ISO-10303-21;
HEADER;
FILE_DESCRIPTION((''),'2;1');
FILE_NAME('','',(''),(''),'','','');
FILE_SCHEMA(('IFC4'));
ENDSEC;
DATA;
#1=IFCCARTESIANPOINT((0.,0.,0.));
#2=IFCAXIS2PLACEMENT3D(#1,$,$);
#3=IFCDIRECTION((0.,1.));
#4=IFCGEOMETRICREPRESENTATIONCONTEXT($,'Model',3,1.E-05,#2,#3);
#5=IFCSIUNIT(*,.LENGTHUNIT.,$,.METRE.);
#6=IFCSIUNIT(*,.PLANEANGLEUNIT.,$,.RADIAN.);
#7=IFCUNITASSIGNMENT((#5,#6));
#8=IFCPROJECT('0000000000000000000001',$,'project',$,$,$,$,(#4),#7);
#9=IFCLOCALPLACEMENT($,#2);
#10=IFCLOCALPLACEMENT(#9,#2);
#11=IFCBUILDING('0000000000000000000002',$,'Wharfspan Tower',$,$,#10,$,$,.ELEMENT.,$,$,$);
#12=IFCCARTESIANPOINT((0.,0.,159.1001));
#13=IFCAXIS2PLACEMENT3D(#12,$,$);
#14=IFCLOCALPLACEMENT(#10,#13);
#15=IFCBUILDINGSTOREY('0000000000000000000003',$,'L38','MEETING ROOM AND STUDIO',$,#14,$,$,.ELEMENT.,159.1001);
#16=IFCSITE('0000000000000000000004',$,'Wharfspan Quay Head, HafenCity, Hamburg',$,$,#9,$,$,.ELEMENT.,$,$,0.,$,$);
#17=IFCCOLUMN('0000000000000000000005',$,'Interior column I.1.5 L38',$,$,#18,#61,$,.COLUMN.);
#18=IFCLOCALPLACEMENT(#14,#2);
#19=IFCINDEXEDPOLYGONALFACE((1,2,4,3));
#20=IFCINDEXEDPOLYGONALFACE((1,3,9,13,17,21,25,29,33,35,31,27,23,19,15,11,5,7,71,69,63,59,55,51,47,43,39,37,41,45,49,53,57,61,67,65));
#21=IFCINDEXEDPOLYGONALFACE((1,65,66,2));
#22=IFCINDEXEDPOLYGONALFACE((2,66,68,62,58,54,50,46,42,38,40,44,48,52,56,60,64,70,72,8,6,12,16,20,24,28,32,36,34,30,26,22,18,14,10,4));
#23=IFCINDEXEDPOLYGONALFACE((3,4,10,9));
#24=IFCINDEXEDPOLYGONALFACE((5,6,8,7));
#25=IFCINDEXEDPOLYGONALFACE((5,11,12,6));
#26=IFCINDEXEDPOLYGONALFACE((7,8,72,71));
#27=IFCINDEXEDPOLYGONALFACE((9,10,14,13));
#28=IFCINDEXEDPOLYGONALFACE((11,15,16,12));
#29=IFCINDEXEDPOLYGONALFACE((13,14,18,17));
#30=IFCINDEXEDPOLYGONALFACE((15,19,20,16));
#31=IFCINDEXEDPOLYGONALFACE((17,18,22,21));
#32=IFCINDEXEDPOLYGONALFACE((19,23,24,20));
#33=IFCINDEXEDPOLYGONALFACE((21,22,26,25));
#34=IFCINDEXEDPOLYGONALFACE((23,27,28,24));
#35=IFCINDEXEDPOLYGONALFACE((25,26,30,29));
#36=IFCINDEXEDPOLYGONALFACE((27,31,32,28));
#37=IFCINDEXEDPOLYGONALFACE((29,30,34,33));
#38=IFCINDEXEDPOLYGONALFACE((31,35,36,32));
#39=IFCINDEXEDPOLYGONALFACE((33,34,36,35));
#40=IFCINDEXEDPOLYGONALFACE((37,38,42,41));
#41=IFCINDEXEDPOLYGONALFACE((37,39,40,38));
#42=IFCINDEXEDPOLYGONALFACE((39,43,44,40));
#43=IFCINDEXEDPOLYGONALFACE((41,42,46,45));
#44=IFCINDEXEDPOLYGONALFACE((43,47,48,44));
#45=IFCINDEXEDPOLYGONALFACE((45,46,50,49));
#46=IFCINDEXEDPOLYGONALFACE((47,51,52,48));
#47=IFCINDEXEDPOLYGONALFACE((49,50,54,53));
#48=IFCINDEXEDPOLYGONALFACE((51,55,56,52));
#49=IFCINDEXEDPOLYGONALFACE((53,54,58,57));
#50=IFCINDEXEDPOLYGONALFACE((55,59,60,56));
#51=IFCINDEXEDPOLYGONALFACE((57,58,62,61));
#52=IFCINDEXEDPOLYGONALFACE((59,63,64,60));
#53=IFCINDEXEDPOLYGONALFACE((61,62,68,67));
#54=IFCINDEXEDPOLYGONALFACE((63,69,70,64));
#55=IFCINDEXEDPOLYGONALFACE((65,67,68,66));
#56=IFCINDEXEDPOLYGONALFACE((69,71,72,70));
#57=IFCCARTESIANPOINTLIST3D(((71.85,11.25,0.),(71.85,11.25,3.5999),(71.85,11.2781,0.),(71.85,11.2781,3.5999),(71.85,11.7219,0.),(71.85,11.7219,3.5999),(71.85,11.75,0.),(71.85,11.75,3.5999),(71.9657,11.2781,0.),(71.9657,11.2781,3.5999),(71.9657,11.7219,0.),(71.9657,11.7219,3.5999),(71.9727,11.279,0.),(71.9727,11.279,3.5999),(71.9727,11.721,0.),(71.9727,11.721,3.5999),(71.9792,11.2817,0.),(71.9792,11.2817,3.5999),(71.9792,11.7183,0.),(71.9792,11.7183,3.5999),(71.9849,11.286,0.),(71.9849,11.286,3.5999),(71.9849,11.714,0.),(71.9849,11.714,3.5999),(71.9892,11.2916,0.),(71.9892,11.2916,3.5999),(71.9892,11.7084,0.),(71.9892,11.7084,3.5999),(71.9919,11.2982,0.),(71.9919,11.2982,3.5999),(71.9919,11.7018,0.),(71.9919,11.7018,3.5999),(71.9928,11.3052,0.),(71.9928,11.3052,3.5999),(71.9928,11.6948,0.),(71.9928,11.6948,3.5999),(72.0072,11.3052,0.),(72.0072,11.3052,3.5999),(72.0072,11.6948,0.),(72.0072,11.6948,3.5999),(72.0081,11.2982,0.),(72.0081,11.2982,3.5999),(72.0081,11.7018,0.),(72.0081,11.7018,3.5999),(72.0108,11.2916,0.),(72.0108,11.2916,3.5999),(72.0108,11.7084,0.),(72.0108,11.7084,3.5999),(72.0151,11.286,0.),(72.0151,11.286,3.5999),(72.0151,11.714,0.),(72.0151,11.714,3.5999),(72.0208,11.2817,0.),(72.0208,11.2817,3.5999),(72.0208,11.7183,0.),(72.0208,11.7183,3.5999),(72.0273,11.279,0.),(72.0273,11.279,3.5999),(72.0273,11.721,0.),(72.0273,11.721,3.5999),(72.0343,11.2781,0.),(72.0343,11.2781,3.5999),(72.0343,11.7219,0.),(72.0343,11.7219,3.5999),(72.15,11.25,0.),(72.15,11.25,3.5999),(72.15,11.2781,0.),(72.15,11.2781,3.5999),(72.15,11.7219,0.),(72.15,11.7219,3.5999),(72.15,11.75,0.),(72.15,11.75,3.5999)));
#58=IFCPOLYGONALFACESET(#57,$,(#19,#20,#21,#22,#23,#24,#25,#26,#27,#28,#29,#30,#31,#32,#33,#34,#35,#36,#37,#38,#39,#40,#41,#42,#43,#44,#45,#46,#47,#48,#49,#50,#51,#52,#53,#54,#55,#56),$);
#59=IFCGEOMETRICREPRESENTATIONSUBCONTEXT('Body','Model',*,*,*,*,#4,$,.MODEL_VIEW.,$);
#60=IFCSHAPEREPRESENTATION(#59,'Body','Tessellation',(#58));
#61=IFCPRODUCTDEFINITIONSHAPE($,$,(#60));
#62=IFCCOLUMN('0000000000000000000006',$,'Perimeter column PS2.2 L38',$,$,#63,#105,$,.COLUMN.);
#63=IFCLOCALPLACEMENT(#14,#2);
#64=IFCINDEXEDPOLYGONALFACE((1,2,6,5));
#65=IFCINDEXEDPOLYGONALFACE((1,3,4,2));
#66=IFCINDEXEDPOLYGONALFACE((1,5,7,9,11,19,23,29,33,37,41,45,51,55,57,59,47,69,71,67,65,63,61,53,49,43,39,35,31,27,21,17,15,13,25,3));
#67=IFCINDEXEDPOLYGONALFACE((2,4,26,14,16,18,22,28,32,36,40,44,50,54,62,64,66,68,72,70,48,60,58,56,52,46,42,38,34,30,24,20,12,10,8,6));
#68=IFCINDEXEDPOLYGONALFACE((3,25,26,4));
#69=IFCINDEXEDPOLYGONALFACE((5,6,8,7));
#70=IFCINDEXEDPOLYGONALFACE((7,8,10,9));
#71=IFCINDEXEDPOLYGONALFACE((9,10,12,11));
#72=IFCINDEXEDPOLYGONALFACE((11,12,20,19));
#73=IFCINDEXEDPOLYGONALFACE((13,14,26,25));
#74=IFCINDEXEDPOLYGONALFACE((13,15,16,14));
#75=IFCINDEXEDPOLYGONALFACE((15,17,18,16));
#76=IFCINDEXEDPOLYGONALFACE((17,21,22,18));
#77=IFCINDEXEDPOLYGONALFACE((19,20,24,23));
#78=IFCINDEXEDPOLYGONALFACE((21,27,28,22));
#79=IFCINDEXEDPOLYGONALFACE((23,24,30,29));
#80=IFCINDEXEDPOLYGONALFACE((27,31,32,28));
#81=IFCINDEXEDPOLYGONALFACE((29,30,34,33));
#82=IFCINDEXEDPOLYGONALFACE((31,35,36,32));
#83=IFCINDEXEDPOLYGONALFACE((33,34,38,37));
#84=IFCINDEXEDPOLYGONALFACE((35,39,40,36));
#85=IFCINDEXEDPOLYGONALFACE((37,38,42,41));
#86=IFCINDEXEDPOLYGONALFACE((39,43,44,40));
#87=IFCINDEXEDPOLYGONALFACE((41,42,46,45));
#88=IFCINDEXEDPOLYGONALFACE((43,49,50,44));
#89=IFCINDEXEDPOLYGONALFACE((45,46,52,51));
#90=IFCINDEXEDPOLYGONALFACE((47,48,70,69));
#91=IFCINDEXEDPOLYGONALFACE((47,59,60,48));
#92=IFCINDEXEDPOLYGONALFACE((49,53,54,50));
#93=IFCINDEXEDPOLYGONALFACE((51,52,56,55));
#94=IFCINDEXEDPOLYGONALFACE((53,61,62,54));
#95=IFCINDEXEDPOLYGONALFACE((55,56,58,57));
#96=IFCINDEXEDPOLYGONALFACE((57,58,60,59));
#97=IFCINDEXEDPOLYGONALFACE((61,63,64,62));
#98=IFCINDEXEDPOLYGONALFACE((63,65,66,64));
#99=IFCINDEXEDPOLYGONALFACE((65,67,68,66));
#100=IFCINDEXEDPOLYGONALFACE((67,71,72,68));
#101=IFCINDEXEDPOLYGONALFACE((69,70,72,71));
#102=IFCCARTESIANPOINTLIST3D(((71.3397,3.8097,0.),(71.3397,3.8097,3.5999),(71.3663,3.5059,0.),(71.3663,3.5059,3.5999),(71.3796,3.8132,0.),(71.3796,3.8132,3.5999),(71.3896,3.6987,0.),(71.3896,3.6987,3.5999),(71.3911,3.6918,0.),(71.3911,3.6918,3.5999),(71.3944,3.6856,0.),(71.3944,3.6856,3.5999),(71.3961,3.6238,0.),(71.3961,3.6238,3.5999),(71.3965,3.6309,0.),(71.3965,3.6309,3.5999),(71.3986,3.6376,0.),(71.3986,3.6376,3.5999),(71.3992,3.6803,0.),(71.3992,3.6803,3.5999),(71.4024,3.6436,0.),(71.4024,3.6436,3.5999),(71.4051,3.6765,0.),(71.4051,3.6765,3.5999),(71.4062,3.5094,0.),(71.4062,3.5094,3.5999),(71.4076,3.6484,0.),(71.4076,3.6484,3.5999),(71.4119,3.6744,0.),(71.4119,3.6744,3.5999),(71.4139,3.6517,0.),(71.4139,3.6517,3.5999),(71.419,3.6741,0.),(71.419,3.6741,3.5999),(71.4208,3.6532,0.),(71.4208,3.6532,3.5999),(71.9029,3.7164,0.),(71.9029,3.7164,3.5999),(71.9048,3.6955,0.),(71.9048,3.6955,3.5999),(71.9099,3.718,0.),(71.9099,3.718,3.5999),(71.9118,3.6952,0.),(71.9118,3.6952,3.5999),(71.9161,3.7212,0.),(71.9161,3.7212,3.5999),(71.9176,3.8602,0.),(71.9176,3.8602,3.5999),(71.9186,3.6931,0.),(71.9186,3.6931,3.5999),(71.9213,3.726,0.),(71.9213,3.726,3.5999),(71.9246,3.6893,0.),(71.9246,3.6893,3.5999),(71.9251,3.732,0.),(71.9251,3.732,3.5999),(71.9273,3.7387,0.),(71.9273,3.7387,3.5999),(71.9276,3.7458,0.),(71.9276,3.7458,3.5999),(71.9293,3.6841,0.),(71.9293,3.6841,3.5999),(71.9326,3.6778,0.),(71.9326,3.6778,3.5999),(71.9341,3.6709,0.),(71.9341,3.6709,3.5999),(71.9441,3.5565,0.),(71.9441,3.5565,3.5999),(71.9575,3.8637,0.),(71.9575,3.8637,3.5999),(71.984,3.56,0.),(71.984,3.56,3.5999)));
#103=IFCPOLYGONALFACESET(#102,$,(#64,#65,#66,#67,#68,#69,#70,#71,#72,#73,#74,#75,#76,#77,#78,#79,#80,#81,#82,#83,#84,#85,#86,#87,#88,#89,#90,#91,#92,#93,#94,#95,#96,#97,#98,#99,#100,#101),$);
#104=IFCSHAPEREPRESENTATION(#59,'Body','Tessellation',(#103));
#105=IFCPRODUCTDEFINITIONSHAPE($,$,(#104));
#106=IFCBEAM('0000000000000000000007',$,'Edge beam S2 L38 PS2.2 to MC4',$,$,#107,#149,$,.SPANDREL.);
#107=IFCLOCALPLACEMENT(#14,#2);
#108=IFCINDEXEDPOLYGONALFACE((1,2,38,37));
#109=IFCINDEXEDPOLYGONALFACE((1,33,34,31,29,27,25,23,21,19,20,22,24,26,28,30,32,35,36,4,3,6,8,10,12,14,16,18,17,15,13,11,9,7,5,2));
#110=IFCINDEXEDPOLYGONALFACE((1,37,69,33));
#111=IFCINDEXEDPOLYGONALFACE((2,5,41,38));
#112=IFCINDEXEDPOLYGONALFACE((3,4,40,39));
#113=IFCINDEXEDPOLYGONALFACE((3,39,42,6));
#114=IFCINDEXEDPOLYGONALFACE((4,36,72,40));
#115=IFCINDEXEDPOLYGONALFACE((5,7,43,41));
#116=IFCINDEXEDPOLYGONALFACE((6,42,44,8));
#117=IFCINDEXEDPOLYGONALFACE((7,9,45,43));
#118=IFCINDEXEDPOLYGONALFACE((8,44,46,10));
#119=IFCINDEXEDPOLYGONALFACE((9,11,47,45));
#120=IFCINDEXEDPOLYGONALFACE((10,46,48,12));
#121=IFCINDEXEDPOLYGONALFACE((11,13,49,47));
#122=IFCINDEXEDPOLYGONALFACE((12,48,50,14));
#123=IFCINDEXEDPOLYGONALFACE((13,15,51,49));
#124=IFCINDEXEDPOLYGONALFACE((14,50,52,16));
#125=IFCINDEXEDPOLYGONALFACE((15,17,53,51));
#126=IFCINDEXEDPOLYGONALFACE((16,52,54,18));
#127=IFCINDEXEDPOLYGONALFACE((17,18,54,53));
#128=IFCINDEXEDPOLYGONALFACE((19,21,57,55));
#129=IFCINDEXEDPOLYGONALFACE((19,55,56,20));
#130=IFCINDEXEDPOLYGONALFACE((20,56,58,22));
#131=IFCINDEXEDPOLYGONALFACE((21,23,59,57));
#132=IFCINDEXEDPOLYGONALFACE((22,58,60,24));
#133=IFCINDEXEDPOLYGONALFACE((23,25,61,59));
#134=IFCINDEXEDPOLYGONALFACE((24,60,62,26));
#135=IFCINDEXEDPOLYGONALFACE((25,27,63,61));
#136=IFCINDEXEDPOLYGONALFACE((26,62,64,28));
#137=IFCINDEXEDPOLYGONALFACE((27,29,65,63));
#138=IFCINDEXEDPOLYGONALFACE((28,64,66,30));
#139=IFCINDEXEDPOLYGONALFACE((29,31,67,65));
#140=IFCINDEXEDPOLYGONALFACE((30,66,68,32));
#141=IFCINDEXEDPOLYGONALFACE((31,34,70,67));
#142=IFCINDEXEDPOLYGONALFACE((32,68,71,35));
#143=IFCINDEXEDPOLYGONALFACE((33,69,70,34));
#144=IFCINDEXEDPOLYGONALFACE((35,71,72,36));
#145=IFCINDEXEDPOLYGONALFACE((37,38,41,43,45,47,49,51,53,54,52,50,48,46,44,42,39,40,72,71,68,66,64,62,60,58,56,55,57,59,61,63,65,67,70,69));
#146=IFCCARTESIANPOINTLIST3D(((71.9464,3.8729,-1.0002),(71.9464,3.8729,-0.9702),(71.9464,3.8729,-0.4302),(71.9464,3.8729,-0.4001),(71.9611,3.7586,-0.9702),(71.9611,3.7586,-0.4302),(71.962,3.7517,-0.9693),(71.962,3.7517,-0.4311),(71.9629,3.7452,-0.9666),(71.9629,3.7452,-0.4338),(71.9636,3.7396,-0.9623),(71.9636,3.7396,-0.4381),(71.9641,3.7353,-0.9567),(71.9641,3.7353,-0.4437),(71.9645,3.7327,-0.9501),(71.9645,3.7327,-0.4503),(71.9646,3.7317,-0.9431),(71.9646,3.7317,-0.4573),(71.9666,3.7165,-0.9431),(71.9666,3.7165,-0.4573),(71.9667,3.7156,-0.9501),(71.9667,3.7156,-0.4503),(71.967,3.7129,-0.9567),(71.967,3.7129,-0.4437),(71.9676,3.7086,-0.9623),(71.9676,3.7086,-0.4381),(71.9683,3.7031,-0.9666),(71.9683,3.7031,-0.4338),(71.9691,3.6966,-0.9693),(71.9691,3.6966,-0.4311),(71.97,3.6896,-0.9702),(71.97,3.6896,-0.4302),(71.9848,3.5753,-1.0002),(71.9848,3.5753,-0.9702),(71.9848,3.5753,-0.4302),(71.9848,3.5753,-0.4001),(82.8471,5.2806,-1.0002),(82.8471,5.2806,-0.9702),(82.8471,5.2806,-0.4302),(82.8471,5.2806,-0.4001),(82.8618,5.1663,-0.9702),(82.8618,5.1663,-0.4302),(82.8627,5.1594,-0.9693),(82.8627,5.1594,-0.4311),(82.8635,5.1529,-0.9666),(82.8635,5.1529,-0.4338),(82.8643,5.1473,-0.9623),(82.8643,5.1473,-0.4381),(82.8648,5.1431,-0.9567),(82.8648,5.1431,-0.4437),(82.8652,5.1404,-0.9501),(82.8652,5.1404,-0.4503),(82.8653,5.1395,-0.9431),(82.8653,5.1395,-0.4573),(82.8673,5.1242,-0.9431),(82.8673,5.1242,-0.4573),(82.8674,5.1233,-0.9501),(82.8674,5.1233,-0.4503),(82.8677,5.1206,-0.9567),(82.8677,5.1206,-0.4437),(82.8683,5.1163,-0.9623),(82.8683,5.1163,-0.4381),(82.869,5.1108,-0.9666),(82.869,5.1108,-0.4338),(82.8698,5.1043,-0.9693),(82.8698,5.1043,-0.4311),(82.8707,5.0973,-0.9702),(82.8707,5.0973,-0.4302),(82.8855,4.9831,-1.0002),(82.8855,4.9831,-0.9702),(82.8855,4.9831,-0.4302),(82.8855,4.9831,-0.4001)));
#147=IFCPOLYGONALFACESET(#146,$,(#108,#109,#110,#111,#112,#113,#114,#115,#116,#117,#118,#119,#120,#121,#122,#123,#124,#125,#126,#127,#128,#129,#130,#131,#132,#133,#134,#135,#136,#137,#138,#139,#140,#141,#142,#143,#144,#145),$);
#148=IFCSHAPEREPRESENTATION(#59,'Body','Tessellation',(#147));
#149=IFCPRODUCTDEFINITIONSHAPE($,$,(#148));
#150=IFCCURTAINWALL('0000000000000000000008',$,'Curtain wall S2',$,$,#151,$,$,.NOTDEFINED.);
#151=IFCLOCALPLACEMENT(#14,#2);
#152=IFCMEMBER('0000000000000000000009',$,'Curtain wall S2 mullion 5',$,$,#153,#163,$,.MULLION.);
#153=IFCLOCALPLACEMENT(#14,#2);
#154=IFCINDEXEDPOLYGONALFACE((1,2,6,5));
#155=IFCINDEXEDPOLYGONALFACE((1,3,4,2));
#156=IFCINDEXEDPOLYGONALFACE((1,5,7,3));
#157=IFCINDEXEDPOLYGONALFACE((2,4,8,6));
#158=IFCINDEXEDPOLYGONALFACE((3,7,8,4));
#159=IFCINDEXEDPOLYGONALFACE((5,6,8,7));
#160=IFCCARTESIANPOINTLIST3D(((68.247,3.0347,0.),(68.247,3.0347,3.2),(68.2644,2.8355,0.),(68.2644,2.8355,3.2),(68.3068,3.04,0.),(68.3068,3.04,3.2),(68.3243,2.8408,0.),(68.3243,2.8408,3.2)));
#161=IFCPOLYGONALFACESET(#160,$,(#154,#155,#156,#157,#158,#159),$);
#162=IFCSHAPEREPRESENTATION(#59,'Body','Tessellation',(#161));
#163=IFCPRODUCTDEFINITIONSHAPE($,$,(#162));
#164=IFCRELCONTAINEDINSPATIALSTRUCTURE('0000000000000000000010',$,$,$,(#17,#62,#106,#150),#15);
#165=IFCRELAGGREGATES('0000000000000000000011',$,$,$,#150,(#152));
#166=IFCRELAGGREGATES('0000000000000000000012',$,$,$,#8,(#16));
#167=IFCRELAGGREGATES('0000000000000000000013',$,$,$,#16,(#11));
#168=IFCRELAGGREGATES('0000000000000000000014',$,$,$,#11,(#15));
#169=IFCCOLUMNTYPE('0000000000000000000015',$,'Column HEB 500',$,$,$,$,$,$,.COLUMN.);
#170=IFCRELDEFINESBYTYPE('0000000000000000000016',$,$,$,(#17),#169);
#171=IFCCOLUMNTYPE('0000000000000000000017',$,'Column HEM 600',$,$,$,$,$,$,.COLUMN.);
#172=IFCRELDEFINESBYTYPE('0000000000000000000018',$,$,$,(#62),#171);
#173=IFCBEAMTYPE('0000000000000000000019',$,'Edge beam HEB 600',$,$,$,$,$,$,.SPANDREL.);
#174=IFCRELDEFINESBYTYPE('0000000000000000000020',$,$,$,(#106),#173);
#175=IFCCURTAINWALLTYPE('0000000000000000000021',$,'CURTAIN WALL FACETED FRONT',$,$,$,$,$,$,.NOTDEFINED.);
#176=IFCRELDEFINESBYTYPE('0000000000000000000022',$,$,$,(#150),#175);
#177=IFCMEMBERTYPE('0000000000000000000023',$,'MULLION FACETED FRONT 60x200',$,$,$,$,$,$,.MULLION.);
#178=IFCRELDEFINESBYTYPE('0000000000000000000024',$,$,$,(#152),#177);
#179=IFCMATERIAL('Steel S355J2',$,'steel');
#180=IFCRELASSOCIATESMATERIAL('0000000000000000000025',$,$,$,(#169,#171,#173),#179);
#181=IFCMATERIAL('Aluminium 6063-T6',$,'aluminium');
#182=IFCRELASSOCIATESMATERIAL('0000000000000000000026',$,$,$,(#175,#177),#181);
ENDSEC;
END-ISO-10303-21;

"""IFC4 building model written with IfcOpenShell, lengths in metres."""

from ifc_helpers import new_model, si_unit, direction, frame, origin, origin_2d, place, context, subcontext, project, spatial, rectangle, i_section, extrude, material, material_profile, profile_set, type_object, element, aggregate, save


model = new_model("IFC4")

# Units and contexts
model_context = context("Model", 3, precision=1e-05, world=origin(), true_north=direction((0.0, 1.0)))
body_context = subcontext(model_context, "Body", "Model", "MODEL_VIEW")
ifc_project = project(units=[si_unit("LENGTHUNIT", "METRE"), si_unit("PLANEANGLEUNIT", "RADIAN")], contexts=[model_context])

# Site, building, storey
site_placement = place(None, origin())
site = spatial("IfcSite", under=ifc_project, at=site_placement, Name="Wharfspan Quay Head, HafenCity, Hamburg", CompositionType="ELEMENT", RefElevation=0.0)
building_placement = place(site_placement, origin())
building = spatial("IfcBuilding", under=site, at=building_placement, Name="Wharfspan Tower", CompositionType="ELEMENT")
storey_placement = place(building_placement, frame((0.0, 0.0, 159.1001)))
storey = spatial("IfcBuildingStorey", under=building, at=storey_placement, Name="L38", Description="MEETING ROOM AND STUDIO", CompositionType="ELEMENT", Elevation=159.1001)

# Columns
ifc_material_1 = material(Name="Steel S355J2", Category="steel")
ifc_material_profile_1 = material_profile(ifc_material_1, i_section(OverallWidth=0.3, OverallDepth=0.5, WebThickness=0.0144, FlangeThickness=0.0281, FilletRadius=0.0271, at=origin_2d()))
ifc_profile_set_1 = profile_set([ifc_material_profile_1], Name="Steel S355J2")
column_type_1 = type_object("IfcColumnType", Name="Column HEB 500", PredefinedType="COLUMN", material=ifc_profile_set_1)
column_1_placement = place(storey_placement, frame((72.0, 11.5, 0.0), z_axis=(0.0, 0.0, 1.0), x_axis=(1.0, 0.0, 0.0)))
element("IfcColumn", 1, at=column_1_placement, inside=storey, type_object=column_type_1, Name="Interior column I.1.5 L38", PredefinedType="COLUMN", context=body_context, shape_type="SweptSolid", body=[
    extrude(i_section(OverallWidth=0.3, OverallDepth=0.5, WebThickness=0.0144, FlangeThickness=0.0281, FilletRadius=0.0271, at=origin_2d()), origin(), (0.0, 0.0, 1.0), 3.5999),
])
ifc_material_profile_2 = material_profile(ifc_material_1, i_section(OverallWidth=0.3049, OverallDepth=0.6201, WebThickness=0.021, FlangeThickness=0.04, FilletRadius=0.0271, at=origin_2d()))
ifc_profile_set_2 = profile_set([ifc_material_profile_2], Name="Steel S355J2")
column_type_2 = type_object("IfcColumnType", Name="Column HEM 600", PredefinedType="COLUMN", material=ifc_profile_set_2)
column_2_placement = place(storey_placement, frame((71.6619, 3.6848, 0.0), z_axis=(0.0, 0.0, 1.0), x_axis=(0.087156, -0.996198, 0.0)))
element("IfcColumn", 2, at=column_2_placement, inside=storey, type_object=column_type_2, Name="Perimeter column PS2.2 L38", PredefinedType="COLUMN", context=body_context, shape_type="SweptSolid", body=[
    extrude(i_section(OverallWidth=0.3049, OverallDepth=0.6201, WebThickness=0.021, FlangeThickness=0.04, FilletRadius=0.0271, at=origin_2d()), origin(), (0.0, 0.0, 1.0), 3.5999),
])

# Beam
ifc_material_profile_3 = material_profile(ifc_material_1, i_section(OverallWidth=0.3, OverallDepth=0.6001, WebThickness=0.0154, FlangeThickness=0.03, FilletRadius=0.0271, at=origin_2d()))
ifc_profile_set_3 = profile_set([ifc_material_profile_3], Name="Steel S355J2")
beam_type = type_object("IfcBeamType", Name="Edge beam HEB 600", PredefinedType="SPANDREL", material=ifc_profile_set_3)
beam_placement = place(storey_placement, frame((71.9656, 3.7241, -0.7002), z_axis=(0.991764, 0.128077, 0.0), x_axis=(-0.128077, 0.991764, 0.0)))
element("IfcBeam", 3, at=beam_placement, inside=storey, type_object=beam_type, Name="Edge beam S2 L38 PS2.2 to MC4", PredefinedType="SPANDREL", context=body_context, shape_type="SweptSolid", body=[
    extrude(i_section(OverallWidth=0.3, OverallDepth=0.6001, WebThickness=0.0154, FlangeThickness=0.03, FilletRadius=0.0271, at=origin_2d()), origin(), (0.0, 0.0, 1.0), 10.9912),
])

# Curtain wall, member
ifc_material_2 = material(Name="Aluminium 6063-T6", Category="aluminium")
curtain_wall_type = type_object("IfcCurtainWallType", Name="CURTAIN WALL FACETED FRONT", PredefinedType="NOTDEFINED", material=ifc_material_2)
curtain_wall_placement = place(storey_placement, origin())
curtain_wall = element("IfcCurtainWall", 4, at=curtain_wall_placement, inside=storey, type_object=curtain_wall_type, Name="Curtain wall S2", PredefinedType="NOTDEFINED")
ifc_material_profile_4 = material_profile(ifc_material_2, rectangle(XDim=0.2, YDim=0.0601, at=origin_2d()))
ifc_profile_set_4 = profile_set([ifc_material_profile_4], Name="Aluminium 6063-T6")
member_type_1 = type_object("IfcMemberType", Name="MULLION FACETED FRONT 60x200", PredefinedType="MULLION", material=ifc_profile_set_4)
member_1_placement = place(storey_placement, frame((68.2856, 2.9377, 0.0), z_axis=(0.0, 0.0, 1.0), x_axis=(-0.087156, 0.996198, 0.0)))
member_1 = element("IfcMember", 5, at=member_1_placement, type_object=member_type_1, Name="Curtain wall S2 mullion 5", PredefinedType="MULLION", context=body_context, shape_type="SweptSolid", body=[
    extrude(rectangle(XDim=0.2, YDim=0.0601, at=origin_2d()), origin(), (0.0, 0.0, 1.0), 3.2),
])

aggregate(curtain_wall, [member_1])

save(model, "model.ifc")
